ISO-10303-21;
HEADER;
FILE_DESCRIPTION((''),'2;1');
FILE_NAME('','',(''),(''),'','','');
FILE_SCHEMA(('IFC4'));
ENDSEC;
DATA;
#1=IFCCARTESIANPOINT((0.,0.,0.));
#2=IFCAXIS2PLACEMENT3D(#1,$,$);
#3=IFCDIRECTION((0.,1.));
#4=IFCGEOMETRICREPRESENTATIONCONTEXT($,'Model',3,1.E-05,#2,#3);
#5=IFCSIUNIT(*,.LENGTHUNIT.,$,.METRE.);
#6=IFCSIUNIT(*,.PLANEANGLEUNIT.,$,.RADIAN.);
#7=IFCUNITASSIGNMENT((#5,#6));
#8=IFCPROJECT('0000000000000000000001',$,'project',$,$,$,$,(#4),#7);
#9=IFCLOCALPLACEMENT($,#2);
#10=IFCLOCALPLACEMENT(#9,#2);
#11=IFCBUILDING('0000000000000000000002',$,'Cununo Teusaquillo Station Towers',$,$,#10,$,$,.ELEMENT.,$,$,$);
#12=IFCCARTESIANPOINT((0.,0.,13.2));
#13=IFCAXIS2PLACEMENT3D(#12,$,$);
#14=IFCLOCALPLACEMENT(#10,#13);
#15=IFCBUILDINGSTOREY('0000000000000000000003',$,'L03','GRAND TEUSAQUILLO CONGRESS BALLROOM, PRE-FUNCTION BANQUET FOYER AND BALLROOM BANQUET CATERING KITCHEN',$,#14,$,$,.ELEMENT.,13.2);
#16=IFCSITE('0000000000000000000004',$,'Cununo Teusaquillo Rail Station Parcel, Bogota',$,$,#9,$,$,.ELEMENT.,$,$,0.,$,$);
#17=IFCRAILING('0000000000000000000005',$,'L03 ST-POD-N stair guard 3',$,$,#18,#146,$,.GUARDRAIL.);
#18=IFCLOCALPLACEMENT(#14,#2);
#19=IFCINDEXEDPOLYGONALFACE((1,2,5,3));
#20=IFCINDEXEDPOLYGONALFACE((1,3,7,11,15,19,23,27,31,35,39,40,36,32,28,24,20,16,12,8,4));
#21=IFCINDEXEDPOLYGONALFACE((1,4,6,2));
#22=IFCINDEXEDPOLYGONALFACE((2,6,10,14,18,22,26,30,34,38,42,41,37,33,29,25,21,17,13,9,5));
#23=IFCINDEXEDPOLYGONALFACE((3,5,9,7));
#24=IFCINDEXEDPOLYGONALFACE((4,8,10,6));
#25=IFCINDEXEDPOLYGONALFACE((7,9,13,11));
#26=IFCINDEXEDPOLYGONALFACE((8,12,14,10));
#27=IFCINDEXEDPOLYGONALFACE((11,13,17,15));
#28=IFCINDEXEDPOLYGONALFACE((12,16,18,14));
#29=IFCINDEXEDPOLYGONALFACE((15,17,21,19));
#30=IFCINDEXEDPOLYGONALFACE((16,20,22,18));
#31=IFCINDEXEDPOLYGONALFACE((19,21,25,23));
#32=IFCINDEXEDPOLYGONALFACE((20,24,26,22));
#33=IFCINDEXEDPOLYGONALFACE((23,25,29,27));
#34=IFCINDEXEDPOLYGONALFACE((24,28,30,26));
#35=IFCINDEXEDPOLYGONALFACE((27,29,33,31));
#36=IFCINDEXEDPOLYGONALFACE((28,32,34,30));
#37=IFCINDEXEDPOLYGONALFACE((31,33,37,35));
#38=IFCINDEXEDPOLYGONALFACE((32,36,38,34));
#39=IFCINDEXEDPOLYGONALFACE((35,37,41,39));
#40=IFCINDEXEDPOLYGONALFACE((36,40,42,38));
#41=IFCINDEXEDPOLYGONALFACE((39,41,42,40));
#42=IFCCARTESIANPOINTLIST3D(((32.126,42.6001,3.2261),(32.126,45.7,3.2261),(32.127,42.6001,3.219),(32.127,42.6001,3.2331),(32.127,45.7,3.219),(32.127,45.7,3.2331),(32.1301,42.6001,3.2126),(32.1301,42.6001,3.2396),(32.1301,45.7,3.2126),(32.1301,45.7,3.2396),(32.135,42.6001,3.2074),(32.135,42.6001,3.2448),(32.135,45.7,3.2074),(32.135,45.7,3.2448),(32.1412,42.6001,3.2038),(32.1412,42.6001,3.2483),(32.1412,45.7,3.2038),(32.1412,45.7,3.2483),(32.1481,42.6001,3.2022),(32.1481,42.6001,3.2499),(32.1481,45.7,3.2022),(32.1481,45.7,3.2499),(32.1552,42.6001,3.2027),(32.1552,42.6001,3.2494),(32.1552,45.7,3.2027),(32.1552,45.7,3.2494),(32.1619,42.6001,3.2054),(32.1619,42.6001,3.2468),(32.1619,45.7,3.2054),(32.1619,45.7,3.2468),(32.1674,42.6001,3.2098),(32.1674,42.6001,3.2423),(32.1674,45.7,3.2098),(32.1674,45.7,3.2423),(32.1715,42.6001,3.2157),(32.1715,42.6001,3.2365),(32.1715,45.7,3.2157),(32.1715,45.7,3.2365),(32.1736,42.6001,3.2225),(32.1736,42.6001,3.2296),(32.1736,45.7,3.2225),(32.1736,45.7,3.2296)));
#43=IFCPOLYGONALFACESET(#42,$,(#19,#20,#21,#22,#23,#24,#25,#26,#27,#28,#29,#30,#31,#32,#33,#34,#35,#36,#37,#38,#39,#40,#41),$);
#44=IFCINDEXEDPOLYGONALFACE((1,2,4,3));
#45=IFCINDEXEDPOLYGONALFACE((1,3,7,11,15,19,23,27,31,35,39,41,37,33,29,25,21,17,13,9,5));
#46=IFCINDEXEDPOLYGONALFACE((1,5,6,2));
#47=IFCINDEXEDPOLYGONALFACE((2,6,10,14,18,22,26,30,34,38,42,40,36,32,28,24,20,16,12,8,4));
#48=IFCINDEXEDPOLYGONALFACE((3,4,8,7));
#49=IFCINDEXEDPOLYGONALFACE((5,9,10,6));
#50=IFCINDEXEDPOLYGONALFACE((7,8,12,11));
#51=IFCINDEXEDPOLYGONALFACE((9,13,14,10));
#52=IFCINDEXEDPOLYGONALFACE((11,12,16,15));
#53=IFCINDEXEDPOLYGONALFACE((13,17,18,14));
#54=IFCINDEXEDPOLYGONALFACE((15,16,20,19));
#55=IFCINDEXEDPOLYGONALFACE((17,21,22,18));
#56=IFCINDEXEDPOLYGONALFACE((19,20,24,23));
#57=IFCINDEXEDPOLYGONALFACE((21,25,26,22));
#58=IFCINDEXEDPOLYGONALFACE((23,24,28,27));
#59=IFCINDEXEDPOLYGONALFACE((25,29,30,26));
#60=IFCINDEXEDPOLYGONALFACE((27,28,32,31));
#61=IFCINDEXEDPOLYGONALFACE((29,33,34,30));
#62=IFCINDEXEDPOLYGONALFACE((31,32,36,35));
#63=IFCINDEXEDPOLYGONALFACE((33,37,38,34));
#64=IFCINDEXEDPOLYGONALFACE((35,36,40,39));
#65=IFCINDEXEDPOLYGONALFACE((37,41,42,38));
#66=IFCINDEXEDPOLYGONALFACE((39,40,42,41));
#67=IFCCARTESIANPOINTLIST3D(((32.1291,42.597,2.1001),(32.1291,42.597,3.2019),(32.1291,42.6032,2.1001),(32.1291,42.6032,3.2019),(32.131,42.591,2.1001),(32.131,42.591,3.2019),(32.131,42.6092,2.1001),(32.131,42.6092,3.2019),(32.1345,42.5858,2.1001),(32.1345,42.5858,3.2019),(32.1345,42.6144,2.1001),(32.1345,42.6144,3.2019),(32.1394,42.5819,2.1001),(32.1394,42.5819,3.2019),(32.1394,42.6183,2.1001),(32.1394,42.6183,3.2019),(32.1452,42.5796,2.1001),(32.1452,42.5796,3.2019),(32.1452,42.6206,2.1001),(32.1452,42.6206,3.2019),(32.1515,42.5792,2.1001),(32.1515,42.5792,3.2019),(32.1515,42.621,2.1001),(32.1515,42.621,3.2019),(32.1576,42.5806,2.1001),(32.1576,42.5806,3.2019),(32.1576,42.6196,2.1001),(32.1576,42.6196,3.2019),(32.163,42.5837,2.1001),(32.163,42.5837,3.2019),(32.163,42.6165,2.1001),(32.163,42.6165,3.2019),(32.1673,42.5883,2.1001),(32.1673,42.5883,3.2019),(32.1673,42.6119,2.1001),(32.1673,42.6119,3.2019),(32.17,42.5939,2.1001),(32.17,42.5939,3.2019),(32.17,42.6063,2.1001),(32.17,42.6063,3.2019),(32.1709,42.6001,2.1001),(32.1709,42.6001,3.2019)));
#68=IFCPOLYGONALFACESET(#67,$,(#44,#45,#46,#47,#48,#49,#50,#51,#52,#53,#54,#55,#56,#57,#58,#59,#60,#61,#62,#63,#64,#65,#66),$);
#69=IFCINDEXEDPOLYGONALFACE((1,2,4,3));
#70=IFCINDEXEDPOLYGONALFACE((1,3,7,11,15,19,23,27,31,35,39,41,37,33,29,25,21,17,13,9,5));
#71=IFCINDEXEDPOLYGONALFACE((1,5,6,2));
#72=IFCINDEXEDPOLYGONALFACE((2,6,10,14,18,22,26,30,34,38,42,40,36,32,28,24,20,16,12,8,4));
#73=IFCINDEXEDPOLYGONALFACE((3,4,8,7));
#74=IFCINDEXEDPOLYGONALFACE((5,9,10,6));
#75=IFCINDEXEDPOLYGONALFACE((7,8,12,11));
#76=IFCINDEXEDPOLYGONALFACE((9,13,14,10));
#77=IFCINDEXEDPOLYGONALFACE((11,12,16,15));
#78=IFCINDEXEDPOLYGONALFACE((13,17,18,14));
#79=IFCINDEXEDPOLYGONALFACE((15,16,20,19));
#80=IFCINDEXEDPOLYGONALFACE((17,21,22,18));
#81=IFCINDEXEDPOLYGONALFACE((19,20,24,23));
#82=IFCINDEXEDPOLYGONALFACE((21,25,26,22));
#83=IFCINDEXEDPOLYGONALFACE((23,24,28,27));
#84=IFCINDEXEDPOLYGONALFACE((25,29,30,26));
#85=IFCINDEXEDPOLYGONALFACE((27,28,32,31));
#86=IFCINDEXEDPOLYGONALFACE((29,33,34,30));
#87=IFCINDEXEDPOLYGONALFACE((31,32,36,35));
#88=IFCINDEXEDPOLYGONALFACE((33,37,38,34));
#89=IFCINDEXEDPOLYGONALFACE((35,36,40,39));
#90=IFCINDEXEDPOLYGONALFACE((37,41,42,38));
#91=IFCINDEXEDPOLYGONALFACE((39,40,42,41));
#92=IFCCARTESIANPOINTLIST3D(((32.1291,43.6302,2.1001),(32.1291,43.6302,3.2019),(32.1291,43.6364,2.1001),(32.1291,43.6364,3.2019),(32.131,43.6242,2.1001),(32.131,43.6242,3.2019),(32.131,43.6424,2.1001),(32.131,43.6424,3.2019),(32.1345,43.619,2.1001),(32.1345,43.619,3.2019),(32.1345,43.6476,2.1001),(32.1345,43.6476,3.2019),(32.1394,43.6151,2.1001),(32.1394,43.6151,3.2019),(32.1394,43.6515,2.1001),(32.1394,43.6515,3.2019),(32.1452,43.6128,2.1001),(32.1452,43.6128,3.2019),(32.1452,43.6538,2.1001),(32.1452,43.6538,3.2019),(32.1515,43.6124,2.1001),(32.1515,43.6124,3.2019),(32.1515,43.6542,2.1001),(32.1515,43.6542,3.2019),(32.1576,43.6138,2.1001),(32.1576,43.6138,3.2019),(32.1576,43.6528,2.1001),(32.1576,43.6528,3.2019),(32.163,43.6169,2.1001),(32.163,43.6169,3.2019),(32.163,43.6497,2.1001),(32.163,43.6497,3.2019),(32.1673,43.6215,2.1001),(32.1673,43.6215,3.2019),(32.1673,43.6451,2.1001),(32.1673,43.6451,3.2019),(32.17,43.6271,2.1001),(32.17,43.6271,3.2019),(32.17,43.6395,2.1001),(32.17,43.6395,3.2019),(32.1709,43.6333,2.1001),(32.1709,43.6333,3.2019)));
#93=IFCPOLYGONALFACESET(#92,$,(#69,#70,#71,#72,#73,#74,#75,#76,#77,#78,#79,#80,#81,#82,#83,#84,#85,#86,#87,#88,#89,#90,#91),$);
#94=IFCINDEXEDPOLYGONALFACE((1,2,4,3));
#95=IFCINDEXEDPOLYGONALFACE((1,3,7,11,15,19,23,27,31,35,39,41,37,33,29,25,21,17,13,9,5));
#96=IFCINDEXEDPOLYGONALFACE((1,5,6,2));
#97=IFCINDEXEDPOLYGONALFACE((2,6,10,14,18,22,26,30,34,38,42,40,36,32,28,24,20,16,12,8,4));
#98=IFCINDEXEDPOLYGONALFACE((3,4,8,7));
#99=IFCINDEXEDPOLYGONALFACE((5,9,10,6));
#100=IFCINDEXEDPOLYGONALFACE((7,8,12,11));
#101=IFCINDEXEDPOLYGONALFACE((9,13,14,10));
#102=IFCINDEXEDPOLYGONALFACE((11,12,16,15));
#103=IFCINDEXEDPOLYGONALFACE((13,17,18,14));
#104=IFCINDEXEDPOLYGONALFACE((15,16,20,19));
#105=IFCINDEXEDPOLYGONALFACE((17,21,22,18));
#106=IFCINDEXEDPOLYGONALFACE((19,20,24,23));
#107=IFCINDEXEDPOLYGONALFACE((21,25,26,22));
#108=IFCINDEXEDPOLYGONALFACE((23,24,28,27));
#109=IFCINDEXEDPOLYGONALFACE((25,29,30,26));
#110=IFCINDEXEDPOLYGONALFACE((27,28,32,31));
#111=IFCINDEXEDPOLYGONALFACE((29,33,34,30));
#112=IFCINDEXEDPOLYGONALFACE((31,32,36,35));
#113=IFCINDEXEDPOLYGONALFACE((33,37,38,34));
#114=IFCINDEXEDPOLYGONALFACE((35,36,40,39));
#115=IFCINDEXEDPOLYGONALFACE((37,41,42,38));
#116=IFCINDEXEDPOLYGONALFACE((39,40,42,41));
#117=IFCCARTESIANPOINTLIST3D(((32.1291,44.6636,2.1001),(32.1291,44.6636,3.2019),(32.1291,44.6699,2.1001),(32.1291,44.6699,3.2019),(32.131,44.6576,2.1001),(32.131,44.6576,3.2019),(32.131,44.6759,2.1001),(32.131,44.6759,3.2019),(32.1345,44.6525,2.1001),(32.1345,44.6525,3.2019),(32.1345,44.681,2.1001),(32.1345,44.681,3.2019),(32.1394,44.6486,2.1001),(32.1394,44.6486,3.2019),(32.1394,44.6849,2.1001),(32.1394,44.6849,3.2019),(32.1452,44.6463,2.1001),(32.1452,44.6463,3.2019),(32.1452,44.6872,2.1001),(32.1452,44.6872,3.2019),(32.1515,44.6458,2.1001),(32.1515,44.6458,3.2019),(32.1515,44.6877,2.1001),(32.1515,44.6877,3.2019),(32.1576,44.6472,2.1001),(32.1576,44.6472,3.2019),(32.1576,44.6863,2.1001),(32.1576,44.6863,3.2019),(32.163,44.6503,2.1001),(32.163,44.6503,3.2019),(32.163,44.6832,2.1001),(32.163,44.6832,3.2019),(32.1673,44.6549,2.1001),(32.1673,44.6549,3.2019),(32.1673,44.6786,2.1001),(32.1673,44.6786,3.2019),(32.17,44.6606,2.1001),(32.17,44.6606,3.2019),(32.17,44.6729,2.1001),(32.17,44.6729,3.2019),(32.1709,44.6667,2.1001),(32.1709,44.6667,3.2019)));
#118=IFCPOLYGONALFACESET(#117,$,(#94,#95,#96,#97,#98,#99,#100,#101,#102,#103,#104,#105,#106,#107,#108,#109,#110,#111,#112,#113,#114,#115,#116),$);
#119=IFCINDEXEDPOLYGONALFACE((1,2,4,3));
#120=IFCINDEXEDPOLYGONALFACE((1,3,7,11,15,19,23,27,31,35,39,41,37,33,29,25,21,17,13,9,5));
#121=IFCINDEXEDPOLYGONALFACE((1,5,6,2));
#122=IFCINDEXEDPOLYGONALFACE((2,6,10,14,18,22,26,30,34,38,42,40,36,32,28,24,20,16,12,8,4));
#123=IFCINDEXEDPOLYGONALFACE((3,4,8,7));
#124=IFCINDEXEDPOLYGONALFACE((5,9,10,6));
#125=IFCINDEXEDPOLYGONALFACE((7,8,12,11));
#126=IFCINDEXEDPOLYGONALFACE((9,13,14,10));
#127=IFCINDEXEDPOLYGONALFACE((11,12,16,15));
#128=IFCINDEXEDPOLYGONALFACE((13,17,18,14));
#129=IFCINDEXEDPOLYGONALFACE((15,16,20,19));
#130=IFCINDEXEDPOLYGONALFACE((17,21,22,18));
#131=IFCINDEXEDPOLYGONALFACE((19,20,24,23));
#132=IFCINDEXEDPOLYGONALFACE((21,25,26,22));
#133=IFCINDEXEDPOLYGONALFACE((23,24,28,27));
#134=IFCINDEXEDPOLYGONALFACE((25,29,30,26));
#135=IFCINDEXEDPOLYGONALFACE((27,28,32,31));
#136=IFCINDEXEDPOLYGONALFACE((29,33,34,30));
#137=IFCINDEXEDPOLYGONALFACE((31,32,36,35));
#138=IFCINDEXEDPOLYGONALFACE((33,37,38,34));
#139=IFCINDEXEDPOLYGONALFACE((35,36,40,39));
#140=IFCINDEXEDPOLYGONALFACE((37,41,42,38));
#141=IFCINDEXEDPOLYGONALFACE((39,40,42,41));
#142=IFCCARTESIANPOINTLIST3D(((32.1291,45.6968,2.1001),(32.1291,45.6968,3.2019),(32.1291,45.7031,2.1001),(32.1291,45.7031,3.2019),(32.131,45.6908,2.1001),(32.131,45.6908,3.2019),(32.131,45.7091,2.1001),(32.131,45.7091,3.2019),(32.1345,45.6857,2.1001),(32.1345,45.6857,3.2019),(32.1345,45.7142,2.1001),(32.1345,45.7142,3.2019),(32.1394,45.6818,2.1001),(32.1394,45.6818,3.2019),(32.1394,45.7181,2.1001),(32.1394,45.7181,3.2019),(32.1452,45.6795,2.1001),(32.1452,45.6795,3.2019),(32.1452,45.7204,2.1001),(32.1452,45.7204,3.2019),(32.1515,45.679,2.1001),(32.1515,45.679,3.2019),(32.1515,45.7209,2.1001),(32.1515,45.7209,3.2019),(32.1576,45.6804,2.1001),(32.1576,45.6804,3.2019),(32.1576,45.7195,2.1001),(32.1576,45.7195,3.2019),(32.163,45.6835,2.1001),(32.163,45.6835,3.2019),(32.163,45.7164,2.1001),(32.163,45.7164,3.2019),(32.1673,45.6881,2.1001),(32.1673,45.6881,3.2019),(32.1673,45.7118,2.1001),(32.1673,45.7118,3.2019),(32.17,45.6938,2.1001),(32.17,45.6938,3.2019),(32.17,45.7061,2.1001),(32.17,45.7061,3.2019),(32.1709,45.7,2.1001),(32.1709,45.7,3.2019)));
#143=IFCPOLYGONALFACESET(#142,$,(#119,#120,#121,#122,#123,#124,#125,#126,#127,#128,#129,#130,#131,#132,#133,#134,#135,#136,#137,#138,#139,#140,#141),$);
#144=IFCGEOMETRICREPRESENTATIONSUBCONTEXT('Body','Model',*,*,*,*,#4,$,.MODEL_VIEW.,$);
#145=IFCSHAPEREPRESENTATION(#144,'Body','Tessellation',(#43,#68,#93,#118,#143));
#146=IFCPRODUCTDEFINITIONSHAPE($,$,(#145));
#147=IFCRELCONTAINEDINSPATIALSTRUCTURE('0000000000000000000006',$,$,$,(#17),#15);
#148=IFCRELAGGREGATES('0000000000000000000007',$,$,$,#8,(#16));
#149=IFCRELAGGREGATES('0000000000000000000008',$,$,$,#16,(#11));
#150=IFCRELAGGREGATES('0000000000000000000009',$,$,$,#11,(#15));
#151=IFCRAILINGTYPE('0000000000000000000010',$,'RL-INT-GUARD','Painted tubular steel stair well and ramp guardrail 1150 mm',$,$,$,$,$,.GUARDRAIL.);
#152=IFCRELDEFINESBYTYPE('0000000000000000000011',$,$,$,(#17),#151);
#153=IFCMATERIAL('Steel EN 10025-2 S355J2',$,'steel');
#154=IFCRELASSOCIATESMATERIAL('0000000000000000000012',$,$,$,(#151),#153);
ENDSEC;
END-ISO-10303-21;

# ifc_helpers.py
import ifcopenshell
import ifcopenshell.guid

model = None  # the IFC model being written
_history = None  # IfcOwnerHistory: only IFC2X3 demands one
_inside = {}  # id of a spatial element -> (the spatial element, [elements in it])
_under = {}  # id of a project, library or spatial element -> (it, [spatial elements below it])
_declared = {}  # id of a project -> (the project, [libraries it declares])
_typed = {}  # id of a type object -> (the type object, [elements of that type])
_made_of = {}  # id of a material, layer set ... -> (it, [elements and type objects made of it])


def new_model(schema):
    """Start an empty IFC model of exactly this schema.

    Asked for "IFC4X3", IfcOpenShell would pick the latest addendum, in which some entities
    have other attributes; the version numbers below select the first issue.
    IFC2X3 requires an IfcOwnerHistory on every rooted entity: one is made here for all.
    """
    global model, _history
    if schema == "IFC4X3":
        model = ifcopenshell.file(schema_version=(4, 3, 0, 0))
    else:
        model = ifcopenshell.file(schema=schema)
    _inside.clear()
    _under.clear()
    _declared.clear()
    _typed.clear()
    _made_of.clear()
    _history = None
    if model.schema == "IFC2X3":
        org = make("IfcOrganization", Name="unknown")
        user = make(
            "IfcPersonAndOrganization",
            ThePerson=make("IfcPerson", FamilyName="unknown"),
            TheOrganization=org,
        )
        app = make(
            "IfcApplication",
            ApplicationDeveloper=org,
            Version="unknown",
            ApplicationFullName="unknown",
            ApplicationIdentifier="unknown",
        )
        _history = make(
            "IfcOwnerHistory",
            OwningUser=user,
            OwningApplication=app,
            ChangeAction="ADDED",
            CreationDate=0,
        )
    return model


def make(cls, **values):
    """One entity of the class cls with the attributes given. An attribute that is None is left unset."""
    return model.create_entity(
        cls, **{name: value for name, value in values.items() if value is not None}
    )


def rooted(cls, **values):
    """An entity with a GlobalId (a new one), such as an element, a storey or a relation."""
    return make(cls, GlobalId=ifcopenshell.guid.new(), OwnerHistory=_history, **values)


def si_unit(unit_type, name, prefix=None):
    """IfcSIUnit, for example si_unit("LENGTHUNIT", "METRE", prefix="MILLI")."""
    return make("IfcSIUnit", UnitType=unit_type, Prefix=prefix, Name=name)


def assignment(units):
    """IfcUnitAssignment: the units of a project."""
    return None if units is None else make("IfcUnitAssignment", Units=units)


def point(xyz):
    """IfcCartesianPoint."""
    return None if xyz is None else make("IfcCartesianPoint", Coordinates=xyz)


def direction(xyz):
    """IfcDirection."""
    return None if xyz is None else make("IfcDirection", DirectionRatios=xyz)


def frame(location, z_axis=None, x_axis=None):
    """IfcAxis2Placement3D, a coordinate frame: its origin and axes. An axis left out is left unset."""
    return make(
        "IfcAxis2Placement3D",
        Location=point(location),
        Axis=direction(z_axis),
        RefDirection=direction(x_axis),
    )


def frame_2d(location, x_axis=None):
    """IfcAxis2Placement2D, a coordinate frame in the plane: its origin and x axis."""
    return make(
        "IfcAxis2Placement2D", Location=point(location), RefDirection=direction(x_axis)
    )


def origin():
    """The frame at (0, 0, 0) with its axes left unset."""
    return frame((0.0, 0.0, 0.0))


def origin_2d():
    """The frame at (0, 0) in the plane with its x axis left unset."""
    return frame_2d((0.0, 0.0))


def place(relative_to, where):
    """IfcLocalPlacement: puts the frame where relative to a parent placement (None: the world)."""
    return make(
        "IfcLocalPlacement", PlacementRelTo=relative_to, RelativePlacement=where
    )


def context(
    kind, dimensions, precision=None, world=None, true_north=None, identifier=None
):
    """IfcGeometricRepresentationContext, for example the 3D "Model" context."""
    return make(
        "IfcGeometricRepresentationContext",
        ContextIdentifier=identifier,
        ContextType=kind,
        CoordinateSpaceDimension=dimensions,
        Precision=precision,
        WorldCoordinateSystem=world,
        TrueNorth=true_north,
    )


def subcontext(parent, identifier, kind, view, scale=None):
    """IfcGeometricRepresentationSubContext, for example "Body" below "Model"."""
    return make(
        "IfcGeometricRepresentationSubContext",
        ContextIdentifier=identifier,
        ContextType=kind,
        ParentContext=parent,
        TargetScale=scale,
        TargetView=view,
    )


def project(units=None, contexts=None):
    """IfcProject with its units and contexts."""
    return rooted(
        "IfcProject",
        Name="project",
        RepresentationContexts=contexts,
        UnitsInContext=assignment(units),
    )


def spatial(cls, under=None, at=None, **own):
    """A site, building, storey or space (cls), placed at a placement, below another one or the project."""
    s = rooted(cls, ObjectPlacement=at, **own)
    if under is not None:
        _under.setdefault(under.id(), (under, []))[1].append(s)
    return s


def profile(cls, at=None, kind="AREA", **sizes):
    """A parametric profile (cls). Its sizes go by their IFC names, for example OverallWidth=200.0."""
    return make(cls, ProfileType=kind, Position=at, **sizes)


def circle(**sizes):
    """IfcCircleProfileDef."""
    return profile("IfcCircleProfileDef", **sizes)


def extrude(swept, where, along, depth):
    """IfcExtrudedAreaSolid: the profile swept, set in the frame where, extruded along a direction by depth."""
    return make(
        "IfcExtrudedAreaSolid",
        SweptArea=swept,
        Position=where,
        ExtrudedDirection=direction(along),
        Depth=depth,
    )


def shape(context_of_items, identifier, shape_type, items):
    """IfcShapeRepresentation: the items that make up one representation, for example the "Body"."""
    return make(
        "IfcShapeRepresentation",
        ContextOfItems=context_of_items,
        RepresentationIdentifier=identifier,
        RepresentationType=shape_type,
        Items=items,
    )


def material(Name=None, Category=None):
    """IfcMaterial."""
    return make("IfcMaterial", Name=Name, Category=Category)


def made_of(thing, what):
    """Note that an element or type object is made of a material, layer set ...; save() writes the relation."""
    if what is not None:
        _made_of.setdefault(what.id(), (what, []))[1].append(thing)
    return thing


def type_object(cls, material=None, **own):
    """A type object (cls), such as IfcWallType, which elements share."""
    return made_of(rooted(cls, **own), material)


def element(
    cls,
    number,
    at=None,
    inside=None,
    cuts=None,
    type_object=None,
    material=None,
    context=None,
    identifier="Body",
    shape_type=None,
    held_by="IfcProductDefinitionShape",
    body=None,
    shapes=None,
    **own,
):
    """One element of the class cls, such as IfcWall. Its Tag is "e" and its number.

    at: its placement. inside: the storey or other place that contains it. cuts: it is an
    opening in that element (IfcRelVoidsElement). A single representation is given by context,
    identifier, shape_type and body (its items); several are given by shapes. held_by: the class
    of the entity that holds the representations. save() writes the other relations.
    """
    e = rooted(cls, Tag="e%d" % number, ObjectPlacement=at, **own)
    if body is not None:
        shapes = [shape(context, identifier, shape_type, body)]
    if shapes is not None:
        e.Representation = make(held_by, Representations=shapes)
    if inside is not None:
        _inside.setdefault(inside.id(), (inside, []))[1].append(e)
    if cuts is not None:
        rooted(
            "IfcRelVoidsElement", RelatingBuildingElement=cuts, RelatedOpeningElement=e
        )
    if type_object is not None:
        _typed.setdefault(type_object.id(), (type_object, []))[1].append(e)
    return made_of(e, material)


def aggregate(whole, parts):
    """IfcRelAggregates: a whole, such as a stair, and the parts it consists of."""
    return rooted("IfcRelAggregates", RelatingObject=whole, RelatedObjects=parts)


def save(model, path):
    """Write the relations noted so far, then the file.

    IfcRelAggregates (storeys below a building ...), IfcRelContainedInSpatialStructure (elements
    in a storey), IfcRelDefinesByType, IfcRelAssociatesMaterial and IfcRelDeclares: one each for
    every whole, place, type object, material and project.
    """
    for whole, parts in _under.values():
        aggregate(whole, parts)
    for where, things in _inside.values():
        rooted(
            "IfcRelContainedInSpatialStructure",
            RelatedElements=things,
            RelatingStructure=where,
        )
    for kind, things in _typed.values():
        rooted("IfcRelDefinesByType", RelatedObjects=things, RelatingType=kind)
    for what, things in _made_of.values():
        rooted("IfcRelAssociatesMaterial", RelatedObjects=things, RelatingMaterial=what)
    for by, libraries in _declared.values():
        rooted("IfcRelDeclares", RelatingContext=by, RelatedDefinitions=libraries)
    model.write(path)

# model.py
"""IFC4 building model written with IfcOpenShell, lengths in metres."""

from ifc_helpers import new_model, si_unit, direction, frame, origin, origin_2d, place, context, subcontext, project, spatial, circle, extrude, material, type_object, element, save


model = new_model("IFC4")

# Units and contexts
model_context = context("Model", 3, precision=1e-05, world=origin(), true_north=direction((0.0, 1.0)))
body_context = subcontext(model_context, "Body", "Model", "MODEL_VIEW")
ifc_project = project(units=[si_unit("LENGTHUNIT", "METRE"), si_unit("PLANEANGLEUNIT", "RADIAN")], contexts=[model_context])

# Site, building, storey
site_placement = place(None, origin())
site = spatial("IfcSite", under=ifc_project, at=site_placement, Name="Cununo Teusaquillo Rail Station Parcel, Bogota", CompositionType="ELEMENT", RefElevation=0.0)
building_placement = place(site_placement, origin())
building = spatial("IfcBuilding", under=site, at=building_placement, Name="Cununo Teusaquillo Station Towers", CompositionType="ELEMENT")
storey_placement = place(building_placement, frame((0.0, 0.0, 13.2)))
storey = spatial("IfcBuildingStorey", under=building, at=storey_placement, Name="L03", Description="GRAND TEUSAQUILLO CONGRESS BALLROOM, PRE-FUNCTION BANQUET FOYER AND BALLROOM BANQUET CATERING KITCHEN", CompositionType="ELEMENT", Elevation=13.2)

# Railing
ifc_material_1 = material(Name="Steel EN 10025-2 S355J2", Category="steel")
railing_type_1 = type_object("IfcRailingType", Name="RL-INT-GUARD", Description="Painted tubular steel stair well and ramp guardrail 1150 mm", PredefinedType="GUARDRAIL", material=ifc_material_1)
railing_1_placement = place(storey_placement, frame((32.1499, 42.6001, 2.1001)))
element("IfcRailing", 1, at=railing_1_placement, inside=storey, type_object=railing_type_1, Name="L03 ST-POD-N stair guard 3", PredefinedType="GUARDRAIL", context=body_context, shape_type="SweptSolid", body=[
    extrude(circle(Radius=0.0239, at=origin_2d()), frame((0.0, 0.0, 1.126), z_axis=(0.0, 1.0, 0.0), x_axis=(-1.0, 0.0, 0.0)), (0.0, 0.0, 1.0), 3.0999),
    extrude(circle(Radius=0.021, at=origin_2d()), origin(), (0.0, 0.0, 1.0), 1.1018),
    extrude(circle(Radius=0.021, at=origin_2d()), frame((0.0, 1.0332, 0.0)), (0.0, 0.0, 1.0), 1.1018),
    extrude(circle(Radius=0.021, at=origin_2d()), frame((0.0, 2.0667, 0.0)), (0.0, 0.0, 1.0), 1.1018),
    extrude(circle(Radius=0.021, at=origin_2d()), frame((0.0, 3.0999, 0.0)), (0.0, 0.0, 1.0), 1.1018),
])

save(model, "model.ifc")
